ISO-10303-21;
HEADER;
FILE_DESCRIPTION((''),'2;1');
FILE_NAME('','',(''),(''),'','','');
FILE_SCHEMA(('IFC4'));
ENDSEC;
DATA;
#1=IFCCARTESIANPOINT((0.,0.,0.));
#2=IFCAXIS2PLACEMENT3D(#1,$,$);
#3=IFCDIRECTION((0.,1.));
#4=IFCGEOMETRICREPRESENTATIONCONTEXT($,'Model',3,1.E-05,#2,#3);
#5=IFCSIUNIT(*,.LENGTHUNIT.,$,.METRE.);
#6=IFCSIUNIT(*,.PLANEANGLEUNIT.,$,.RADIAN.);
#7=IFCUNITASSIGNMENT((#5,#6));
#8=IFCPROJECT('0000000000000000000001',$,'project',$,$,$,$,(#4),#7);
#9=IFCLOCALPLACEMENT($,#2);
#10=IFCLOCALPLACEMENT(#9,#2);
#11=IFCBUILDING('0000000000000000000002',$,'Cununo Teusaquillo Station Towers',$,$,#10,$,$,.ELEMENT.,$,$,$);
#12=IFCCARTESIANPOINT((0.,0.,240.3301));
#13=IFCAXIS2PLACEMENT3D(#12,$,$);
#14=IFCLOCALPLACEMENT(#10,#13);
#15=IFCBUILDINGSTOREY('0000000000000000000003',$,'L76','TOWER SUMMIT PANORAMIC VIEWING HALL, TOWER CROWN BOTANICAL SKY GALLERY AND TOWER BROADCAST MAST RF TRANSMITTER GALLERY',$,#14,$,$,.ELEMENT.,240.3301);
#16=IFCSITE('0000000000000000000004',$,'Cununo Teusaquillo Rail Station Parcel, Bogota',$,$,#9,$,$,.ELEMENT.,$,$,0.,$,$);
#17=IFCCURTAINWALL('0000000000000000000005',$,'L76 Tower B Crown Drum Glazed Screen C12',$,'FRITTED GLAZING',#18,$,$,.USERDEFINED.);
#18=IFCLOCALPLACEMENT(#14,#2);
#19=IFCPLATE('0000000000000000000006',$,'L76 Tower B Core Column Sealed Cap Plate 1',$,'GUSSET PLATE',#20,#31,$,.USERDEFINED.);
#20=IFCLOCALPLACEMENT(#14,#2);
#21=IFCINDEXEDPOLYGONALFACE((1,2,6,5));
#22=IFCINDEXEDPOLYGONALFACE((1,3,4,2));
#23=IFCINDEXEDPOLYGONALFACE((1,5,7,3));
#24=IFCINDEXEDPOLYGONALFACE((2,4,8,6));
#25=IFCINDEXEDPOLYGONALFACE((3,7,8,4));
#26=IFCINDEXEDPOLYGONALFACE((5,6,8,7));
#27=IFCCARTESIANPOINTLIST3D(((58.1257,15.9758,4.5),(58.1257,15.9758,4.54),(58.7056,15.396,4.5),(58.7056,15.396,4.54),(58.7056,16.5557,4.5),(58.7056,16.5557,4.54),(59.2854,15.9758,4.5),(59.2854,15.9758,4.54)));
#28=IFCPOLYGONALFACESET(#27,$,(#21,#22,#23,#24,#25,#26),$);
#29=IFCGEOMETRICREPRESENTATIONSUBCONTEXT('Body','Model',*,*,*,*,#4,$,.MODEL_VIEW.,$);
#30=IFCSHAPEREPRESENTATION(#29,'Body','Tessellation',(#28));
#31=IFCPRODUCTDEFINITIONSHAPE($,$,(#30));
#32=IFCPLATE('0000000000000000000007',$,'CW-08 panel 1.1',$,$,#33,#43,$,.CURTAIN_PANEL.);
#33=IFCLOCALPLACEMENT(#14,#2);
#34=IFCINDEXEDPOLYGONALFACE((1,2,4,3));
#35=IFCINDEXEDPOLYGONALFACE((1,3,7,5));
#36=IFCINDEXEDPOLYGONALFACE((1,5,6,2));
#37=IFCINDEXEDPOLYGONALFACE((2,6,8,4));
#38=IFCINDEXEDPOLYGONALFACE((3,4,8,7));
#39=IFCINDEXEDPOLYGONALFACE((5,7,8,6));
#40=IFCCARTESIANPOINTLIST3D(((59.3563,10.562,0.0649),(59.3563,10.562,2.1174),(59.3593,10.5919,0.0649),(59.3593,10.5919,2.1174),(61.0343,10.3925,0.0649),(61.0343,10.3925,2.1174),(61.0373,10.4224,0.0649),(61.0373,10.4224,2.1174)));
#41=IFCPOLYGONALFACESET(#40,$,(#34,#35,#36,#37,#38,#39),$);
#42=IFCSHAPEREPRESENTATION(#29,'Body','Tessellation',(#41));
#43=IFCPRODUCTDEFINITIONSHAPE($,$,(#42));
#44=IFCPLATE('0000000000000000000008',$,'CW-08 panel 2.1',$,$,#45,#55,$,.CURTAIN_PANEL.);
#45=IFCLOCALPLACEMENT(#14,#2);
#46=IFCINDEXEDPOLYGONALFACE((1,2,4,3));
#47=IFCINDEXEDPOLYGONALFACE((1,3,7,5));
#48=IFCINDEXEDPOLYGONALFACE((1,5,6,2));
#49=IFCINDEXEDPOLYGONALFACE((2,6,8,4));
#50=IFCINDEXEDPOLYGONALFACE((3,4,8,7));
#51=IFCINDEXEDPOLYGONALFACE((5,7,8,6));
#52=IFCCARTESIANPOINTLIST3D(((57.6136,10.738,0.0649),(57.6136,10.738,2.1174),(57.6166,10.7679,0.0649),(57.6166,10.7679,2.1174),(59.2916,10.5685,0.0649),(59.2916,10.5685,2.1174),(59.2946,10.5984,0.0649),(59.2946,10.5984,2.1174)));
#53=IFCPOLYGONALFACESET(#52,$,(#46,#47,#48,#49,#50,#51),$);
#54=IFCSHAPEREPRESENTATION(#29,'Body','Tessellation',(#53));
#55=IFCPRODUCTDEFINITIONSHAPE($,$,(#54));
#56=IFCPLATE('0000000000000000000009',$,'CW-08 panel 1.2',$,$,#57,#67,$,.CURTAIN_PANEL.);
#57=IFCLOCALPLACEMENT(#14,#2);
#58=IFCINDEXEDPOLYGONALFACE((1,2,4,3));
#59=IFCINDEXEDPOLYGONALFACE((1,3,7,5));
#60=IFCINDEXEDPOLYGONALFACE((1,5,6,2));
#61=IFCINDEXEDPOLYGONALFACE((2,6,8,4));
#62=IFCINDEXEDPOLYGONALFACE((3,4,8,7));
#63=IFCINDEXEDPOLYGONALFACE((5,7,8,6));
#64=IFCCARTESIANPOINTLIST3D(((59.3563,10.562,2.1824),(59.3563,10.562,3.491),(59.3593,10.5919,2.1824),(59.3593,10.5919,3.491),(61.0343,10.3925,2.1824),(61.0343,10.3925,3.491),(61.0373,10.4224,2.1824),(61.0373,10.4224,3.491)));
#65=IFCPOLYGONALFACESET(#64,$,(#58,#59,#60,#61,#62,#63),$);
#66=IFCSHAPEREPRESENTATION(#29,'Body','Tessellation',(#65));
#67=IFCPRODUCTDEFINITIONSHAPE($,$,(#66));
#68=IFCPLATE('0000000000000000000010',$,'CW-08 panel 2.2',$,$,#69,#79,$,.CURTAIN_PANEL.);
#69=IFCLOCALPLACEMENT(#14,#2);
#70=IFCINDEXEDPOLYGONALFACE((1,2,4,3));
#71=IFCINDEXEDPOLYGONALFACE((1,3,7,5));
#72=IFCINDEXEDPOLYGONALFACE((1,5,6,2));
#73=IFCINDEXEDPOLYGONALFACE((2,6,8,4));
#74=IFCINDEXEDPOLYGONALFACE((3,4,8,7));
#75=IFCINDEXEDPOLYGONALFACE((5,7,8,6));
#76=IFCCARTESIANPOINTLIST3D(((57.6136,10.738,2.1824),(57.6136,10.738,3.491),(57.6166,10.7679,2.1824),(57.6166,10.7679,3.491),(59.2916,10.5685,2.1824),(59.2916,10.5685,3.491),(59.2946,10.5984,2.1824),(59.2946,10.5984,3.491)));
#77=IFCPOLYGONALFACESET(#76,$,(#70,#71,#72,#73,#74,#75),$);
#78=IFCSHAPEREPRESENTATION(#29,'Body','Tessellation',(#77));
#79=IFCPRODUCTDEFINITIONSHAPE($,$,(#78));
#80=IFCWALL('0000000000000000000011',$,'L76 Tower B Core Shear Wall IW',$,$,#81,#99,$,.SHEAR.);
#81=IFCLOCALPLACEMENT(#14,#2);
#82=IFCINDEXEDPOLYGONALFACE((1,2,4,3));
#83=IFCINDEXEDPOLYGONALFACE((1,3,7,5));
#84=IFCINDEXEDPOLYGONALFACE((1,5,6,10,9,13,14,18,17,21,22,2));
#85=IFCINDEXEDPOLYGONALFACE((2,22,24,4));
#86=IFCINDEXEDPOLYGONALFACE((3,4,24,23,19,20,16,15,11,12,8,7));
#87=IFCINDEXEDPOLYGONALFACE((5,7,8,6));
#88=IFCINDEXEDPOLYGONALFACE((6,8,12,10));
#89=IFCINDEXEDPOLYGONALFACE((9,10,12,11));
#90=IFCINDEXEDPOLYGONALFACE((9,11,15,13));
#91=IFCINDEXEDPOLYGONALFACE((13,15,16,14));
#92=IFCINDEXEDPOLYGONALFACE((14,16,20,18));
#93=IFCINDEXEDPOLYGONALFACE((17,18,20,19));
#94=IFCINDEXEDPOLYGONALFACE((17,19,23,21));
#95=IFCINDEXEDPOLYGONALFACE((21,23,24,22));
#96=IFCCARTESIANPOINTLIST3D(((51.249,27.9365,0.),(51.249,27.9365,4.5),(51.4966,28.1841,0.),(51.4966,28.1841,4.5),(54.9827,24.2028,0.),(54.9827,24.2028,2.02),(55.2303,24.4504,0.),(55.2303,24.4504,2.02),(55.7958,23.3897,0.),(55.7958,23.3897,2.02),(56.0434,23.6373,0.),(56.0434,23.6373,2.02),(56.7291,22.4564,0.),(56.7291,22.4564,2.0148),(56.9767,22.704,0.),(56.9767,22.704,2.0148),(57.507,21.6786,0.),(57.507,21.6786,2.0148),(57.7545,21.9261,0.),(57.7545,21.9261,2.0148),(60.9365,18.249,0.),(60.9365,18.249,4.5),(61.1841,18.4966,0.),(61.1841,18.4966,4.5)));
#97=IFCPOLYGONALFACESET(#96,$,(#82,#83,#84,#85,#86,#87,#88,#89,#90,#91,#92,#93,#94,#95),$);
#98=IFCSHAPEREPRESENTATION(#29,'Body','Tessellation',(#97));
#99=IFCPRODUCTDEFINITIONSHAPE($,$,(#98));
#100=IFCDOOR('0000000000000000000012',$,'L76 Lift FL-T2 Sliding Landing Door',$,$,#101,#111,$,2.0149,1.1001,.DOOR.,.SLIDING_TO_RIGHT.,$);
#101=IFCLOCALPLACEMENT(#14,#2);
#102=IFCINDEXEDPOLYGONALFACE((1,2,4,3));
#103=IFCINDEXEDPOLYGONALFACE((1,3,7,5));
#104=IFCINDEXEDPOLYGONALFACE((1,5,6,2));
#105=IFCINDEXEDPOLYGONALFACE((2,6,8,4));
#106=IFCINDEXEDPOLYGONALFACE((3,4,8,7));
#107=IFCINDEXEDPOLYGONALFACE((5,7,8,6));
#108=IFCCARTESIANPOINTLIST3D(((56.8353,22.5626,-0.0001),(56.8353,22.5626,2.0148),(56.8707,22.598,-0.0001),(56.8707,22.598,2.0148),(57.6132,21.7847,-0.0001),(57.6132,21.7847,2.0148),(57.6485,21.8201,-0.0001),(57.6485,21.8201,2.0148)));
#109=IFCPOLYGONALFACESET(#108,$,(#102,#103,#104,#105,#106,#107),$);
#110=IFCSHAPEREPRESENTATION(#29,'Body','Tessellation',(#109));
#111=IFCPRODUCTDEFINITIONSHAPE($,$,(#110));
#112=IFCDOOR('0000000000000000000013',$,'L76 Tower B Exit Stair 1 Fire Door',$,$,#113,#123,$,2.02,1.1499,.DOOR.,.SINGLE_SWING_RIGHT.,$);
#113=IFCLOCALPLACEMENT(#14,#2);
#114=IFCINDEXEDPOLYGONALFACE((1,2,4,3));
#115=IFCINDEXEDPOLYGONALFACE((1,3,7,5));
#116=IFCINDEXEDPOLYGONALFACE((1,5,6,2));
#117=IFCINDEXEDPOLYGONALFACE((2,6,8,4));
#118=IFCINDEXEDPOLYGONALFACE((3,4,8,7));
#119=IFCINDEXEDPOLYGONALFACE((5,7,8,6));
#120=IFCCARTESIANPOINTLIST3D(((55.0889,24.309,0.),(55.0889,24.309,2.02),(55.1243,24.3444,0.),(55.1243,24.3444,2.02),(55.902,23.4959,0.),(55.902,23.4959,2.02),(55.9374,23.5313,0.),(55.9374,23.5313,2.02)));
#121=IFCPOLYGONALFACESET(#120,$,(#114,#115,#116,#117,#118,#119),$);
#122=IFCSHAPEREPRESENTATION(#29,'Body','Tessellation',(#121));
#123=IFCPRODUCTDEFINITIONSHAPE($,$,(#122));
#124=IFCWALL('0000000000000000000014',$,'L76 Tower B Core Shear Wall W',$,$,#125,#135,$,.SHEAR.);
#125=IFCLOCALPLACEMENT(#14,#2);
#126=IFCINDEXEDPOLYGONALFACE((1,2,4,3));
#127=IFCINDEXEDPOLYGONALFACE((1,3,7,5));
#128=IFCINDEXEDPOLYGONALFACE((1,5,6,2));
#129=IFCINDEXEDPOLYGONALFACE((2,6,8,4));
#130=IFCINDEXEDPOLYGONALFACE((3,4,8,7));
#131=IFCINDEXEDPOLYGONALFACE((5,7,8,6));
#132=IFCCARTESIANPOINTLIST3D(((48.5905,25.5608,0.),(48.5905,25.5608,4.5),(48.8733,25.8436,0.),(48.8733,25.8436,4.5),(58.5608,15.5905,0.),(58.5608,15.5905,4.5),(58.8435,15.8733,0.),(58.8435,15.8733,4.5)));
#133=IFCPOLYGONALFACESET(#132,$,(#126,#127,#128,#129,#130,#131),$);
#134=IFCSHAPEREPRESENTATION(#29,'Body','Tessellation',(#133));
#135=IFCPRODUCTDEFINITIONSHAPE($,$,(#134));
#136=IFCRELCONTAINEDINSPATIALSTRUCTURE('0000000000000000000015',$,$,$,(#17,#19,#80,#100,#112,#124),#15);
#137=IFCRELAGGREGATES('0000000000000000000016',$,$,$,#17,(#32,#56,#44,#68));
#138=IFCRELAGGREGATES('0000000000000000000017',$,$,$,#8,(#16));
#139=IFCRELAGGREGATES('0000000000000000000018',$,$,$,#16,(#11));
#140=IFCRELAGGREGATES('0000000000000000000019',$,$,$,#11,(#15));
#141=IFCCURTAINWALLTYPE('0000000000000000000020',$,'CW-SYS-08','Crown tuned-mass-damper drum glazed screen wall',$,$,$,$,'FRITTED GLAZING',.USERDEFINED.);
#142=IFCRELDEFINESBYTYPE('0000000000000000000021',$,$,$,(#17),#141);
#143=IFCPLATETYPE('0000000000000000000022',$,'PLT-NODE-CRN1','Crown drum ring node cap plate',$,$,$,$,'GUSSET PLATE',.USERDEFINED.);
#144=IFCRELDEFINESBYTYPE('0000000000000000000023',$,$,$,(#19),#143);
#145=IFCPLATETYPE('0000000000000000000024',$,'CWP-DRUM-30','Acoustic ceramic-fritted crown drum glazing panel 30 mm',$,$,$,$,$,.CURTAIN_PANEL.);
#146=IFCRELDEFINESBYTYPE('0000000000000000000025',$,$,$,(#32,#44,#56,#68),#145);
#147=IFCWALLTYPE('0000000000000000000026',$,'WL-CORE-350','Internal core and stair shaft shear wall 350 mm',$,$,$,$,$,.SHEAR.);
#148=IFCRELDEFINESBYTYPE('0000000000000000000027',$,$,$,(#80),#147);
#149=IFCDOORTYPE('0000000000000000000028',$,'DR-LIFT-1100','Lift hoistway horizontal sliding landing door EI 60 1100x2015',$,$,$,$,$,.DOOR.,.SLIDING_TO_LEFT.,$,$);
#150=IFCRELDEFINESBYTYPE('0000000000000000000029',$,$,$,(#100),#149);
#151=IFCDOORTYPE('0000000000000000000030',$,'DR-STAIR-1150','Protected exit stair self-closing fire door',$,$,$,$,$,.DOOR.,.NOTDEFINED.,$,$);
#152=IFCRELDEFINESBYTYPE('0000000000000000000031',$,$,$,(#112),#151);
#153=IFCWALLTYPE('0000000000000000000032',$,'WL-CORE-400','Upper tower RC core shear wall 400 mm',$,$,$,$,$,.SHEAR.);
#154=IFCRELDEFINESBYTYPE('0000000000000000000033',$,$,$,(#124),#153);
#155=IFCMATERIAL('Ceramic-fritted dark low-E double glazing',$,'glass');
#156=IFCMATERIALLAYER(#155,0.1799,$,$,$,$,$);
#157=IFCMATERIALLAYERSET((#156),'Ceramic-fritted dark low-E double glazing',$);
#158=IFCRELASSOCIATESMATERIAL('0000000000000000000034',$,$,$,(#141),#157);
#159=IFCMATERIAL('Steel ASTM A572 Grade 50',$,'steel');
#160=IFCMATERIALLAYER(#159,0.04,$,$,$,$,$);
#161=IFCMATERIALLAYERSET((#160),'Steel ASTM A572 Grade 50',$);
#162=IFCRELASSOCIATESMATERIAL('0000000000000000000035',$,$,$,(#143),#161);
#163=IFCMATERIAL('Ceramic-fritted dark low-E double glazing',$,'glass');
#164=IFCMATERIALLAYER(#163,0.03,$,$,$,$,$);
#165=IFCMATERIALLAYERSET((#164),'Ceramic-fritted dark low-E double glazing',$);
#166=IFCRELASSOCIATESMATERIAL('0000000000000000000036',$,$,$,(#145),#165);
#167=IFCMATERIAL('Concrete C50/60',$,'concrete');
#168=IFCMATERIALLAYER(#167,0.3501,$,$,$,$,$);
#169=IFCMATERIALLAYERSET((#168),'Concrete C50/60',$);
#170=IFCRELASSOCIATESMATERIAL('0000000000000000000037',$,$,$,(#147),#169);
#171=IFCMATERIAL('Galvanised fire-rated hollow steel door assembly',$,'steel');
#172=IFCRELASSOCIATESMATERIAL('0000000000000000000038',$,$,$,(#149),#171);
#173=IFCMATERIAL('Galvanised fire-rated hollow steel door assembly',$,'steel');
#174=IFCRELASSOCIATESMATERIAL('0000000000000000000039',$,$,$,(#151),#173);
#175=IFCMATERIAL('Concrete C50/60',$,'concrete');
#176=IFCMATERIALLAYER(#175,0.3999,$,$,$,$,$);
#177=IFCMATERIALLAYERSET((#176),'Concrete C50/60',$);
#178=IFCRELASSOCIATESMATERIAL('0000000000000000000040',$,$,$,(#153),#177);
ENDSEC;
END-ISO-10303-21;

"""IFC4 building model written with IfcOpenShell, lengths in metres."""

from ifc_helpers import new_model, si_unit, direction, frame, frame_2d, origin, origin_2d, place, context, subcontext, project, spatial, rectangle, extrude, source, transform, mapped, material, layer, layer_set, type_object, element, fill, aggregate, save


model = new_model("IFC4")

# Units and contexts
model_context = context("Model", 3, precision=1e-05, world=origin(), true_north=direction((0.0, 1.0)))
body_context = subcontext(model_context, "Body", "Model", "MODEL_VIEW")
ifc_project = project(units=[si_unit("LENGTHUNIT", "METRE"), si_unit("PLANEANGLEUNIT", "RADIAN")], contexts=[model_context])

# Site, building, storey
site_placement = place(None, origin())
site = spatial("IfcSite", under=ifc_project, at=site_placement, Name="Cununo Teusaquillo Rail Station Parcel, Bogota", CompositionType="ELEMENT", RefElevation=0.0)
building_placement = place(site_placement, origin())
building = spatial("IfcBuilding", under=site, at=building_placement, Name="Cununo Teusaquillo Station Towers", CompositionType="ELEMENT")
storey_placement = place(building_placement, frame((0.0, 0.0, 240.3301)))
storey = spatial("IfcBuildingStorey", under=building, at=storey_placement, Name="L76", Description="TOWER SUMMIT PANORAMIC VIEWING HALL, TOWER CROWN BOTANICAL SKY GALLERY AND TOWER BROADCAST MAST RF TRANSMITTER GALLERY", CompositionType="ELEMENT", Elevation=240.3301)

# Curtain wall
ifc_material_1 = material(Name="Ceramic-fritted dark low-E double glazing", Category="glass")
ifc_layer_1 = layer(ifc_material_1, 0.1799)
ifc_layer_set_1 = layer_set([ifc_layer_1], Name="Ceramic-fritted dark low-E double glazing")
curtain_wall_type = type_object("IfcCurtainWallType", Name="CW-SYS-08", Description="Crown tuned-mass-damper drum glazed screen wall", ElementType="FRITTED GLAZING", PredefinedType="USERDEFINED", material=ifc_layer_set_1)
curtain_wall_placement = place(storey_placement, origin())
curtain_wall = element("IfcCurtainWall", 1, at=curtain_wall_placement, inside=storey, type_object=curtain_wall_type, Name="L76 Tower B Crown Drum Glazed Screen C12", ObjectType="FRITTED GLAZING", PredefinedType="USERDEFINED")

# Plates
ifc_material_2 = material(Name="Steel ASTM A572 Grade 50", Category="steel")
ifc_layer_2 = layer(ifc_material_2, 0.04)
ifc_layer_set_2 = layer_set([ifc_layer_2], Name="Steel ASTM A572 Grade 50")
plate_type_1 = type_object("IfcPlateType", Name="PLT-NODE-CRN1", Description="Crown drum ring node cap plate", ElementType="GUSSET PLATE", PredefinedType="USERDEFINED", material=ifc_layer_set_2)
shared_shape_1 = source(origin(), body_context, "Body", "SweptSolid", [
    extrude(rectangle(XDim=0.8201, YDim=0.8201, at=origin_2d()), origin(), (0.0, 0.0, 1.0), 0.04),
])
plate_1_placement = place(storey_placement, frame((58.7056, 15.9758, 4.5), z_axis=(0.0, 0.0, 1.0), x_axis=(0.707107, 0.707107, 0.0)))
element("IfcPlate", 2, at=plate_1_placement, inside=storey, type_object=plate_type_1, Name="L76 Tower B Core Column Sealed Cap Plate 1", ObjectType="GUSSET PLATE", PredefinedType="USERDEFINED", context=body_context, shape_type="MappedRepresentation", body=[
    mapped(shared_shape_1, transform((0.0, 0.0, 0.0), x_axis=(1.0, 0.0, 0.0), y_axis=(0.0, 1.0, 0.0), z_axis=(0.0, 0.0, 1.0), scale=1.0)),
])
ifc_material_3 = material(Name="Ceramic-fritted dark low-E double glazing", Category="glass")
ifc_layer_3 = layer(ifc_material_3, 0.03)
ifc_layer_set_3 = layer_set([ifc_layer_3], Name="Ceramic-fritted dark low-E double glazing")
plate_type_2 = type_object("IfcPlateType", Name="CWP-DRUM-30", Description="Acoustic ceramic-fritted crown drum glazing panel 30 mm", PredefinedType="CURTAIN_PANEL", material=ifc_layer_set_3)
shared_shape_2 = source(origin(), body_context, "Body", "SweptSolid", [
    extrude(rectangle(XDim=1.6865, YDim=0.03, at=origin_2d()), origin(), (0.0, 0.0, 1.0), 2.0525),
])
plate_2_placement = place(storey_placement, frame((60.1968, 10.4922, 0.0649), z_axis=(0.0, 0.0, 1.0), x_axis=(-0.994934, 0.100528, 0.0)))
plate_2 = element("IfcPlate", 3, at=plate_2_placement, type_object=plate_type_2, Name="CW-08 panel 1.1", PredefinedType="CURTAIN_PANEL", context=body_context, shape_type="MappedRepresentation", body=[
    mapped(shared_shape_2, transform((0.0, 0.0, 0.0), x_axis=(1.0, 0.0, 0.0), y_axis=(0.0, 1.0, 0.0), z_axis=(0.0, 0.0, 1.0), scale=1.0)),
])
plate_3_placement = place(storey_placement, frame((58.4541, 10.6682, 0.0649), z_axis=(0.0, 0.0, 1.0), x_axis=(-0.994934, 0.100528, 0.0)))
plate_3 = element("IfcPlate", 4, at=plate_3_placement, type_object=plate_type_2, Name="CW-08 panel 2.1", PredefinedType="CURTAIN_PANEL", context=body_context, shape_type="MappedRepresentation", body=[
    mapped(shared_shape_2, transform((0.0, 0.0, 0.0), x_axis=(1.0, 0.0, 0.0), y_axis=(0.0, 1.0, 0.0), z_axis=(0.0, 0.0, 1.0), scale=1.0)),
])
shared_shape_3 = source(origin(), body_context, "Body", "SweptSolid", [
    extrude(rectangle(XDim=1.6865, YDim=0.03, at=origin_2d()), origin(), (0.0, 0.0, 1.0), 1.3086),
])
plate_4_placement = place(storey_placement, frame((60.1968, 10.4922, 2.1824), z_axis=(0.0, 0.0, 1.0), x_axis=(-0.994934, 0.100528, 0.0)))
plate_4 = element("IfcPlate", 5, at=plate_4_placement, type_object=plate_type_2, Name="CW-08 panel 1.2", PredefinedType="CURTAIN_PANEL", context=body_context, shape_type="MappedRepresentation", body=[
    mapped(shared_shape_3, transform((0.0, 0.0, 0.0), x_axis=(1.0, 0.0, 0.0), y_axis=(0.0, 1.0, 0.0), z_axis=(0.0, 0.0, 1.0), scale=1.0)),
])
plate_5_placement = place(storey_placement, frame((58.4541, 10.6682, 2.1824), z_axis=(0.0, 0.0, 1.0), x_axis=(-0.994934, 0.100528, 0.0)))
plate_5 = element("IfcPlate", 6, at=plate_5_placement, type_object=plate_type_2, Name="CW-08 panel 2.2", PredefinedType="CURTAIN_PANEL", context=body_context, shape_type="MappedRepresentation", body=[
    mapped(shared_shape_3, transform((0.0, 0.0, 0.0), x_axis=(1.0, 0.0, 0.0), y_axis=(0.0, 1.0, 0.0), z_axis=(0.0, 0.0, 1.0), scale=1.0)),
])
aggregate(curtain_wall, [plate_2, plate_4, plate_3, plate_5])

# Wall, openings, doors
ifc_material_4 = material(Name="Concrete C50/60", Category="concrete")
ifc_layer_4 = layer(ifc_material_4, 0.3501)
ifc_layer_set_4 = layer_set([ifc_layer_4], Name="Concrete C50/60")
wall_type_1 = type_object("IfcWallType", Name="WL-CORE-350", Description="Internal core and stair shaft shear wall 350 mm", PredefinedType="SHEAR", material=ifc_layer_set_4)
wall_1_placement = place(storey_placement, frame((61.0603, 18.3728, 0.0), z_axis=(0.0, 0.0, 1.0), x_axis=(-0.707107, 0.707107, 0.0)))
wall_1 = element("IfcWall", 7, at=wall_1_placement, inside=storey, type_object=wall_type_1, Name="L76 Tower B Core Shear Wall IW", PredefinedType="SHEAR", context=body_context, shape_type="SweptSolid", body=[
    extrude(rectangle(XDim=13.7002, YDim=0.3501, at=frame_2d((6.8501, 0.0))), origin(), (0.0, 0.0, 1.0), 4.5),
])
shared_shape_4 = source(origin(), body_context, "Body", "SweptSolid", [
    extrude(rectangle(XDim=1.1001, YDim=2.0149, at=frame_2d((0.55, 1.0073))), frame((0.0, 0.1851, 0.0), z_axis=(0.0, -1.0, 0.0), x_axis=(1.0, 0.0, 0.0)), (0.0, 0.0, 1.0), 0.3701),
])
opening_1_placement = place(wall_1_placement, frame((4.8501, 0.0, 0.0)))
opening_1 = element("IfcOpeningElement", 8, at=opening_1_placement, cuts=wall_1, PredefinedType="OPENING", context=body_context, shape_type="MappedRepresentation", body=[
    mapped(shared_shape_4, transform((0.0, 0.0, 0.0), x_axis=(1.0, 0.0, 0.0), y_axis=(0.0, 1.0, 0.0), z_axis=(0.0, 0.0, 1.0), scale=1.0)),
])
shared_shape_5 = source(origin(), body_context, "Body", "SweptSolid", [
    extrude(rectangle(XDim=1.1499, YDim=2.02, at=frame_2d((0.575, 1.01))), frame((0.0, 0.1851, 0.0), z_axis=(0.0, -1.0, 0.0), x_axis=(1.0, 0.0, 0.0)), (0.0, 0.0, 1.0), 0.3701),
])
opening_2_placement = place(wall_1_placement, frame((7.27, 0.0, 0.0)))
opening_2 = element("IfcOpeningElement", 9, at=opening_2_placement, cuts=wall_1, PredefinedType="OPENING", context=body_context, shape_type="MappedRepresentation", body=[
    mapped(shared_shape_5, transform((0.0, 0.0, 0.0), x_axis=(1.0, 0.0, 0.0), y_axis=(0.0, 1.0, 0.0), z_axis=(0.0, 0.0, 1.0), scale=1.0)),
])
ifc_material_5 = material(Name="Galvanised fire-rated hollow steel door assembly", Category="steel")
door_type_1 = type_object("IfcDoorType", Name="DR-LIFT-1100", Description="Lift hoistway horizontal sliding landing door EI 60 1100x2015", OperationType="SLIDING_TO_LEFT", PredefinedType="DOOR", material=ifc_material_5)
shared_shape_6 = source(origin(), body_context, "Body", "SweptSolid", [
    extrude(rectangle(XDim=1.1001, YDim=2.0149, at=frame_2d((0.55, 1.0073))), frame((0.0, 0.0249, 0.0), z_axis=(0.0, -1.0, 0.0), x_axis=(1.0, 0.0, 0.0)), (0.0, 0.0, 1.0), 0.05),
])
door_1_placement = place(opening_1_placement, origin())
door_1 = element("IfcDoor", 10, at=door_1_placement, inside=storey, type_object=door_type_1, Name="L76 Lift FL-T2 Sliding Landing Door", OperationType="SLIDING_TO_RIGHT", OverallHeight=2.0149, OverallWidth=1.1001, PredefinedType="DOOR", context=body_context, shape_type="MappedRepresentation", body=[
    mapped(shared_shape_6, transform((0.0, 0.0, 0.0), x_axis=(1.0, 0.0, 0.0), y_axis=(0.0, 1.0, 0.0), z_axis=(0.0, 0.0, 1.0), scale=1.0)),
])
fill(opening_1, door_1)
ifc_material_6 = material(Name="Galvanised fire-rated hollow steel door assembly", Category="steel")
door_type_2 = type_object("IfcDoorType", Name="DR-STAIR-1150", Description="Protected exit stair self-closing fire door", OperationType="NOTDEFINED", PredefinedType="DOOR", material=ifc_material_6)
shared_shape_7 = source(origin(), body_context, "Body", "SweptSolid", [
    extrude(rectangle(XDim=1.1499, YDim=2.02, at=frame_2d((0.575, 1.01))), frame((0.0, 0.0249, 0.0), z_axis=(0.0, -1.0, 0.0), x_axis=(1.0, 0.0, 0.0)), (0.0, 0.0, 1.0), 0.05),
])
door_2_placement = place(opening_2_placement, origin())
door_2 = element("IfcDoor", 11, at=door_2_placement, inside=storey, type_object=door_type_2, Name="L76 Tower B Exit Stair 1 Fire Door", OperationType="SINGLE_SWING_RIGHT", OverallHeight=2.02, OverallWidth=1.1499, PredefinedType="DOOR", context=body_context, shape_type="MappedRepresentation", body=[
    mapped(shared_shape_7, transform((0.0, 0.0, 0.0), x_axis=(1.0, 0.0, 0.0), y_axis=(0.0, 1.0, 0.0), z_axis=(0.0, 0.0, 1.0), scale=1.0)),
])
fill(opening_2, door_2)

# Wall
ifc_material_7 = material(Name="Concrete C50/60", Category="concrete")
ifc_layer_5 = layer(ifc_material_7, 0.3999)
ifc_layer_set_5 = layer_set([ifc_layer_5], Name="Concrete C50/60")
wall_type_2 = type_object("IfcWallType", Name="WL-CORE-400", Description="Upper tower RC core shear wall 400 mm", PredefinedType="SHEAR", material=ifc_layer_set_5)
wall_2_placement = place(storey_placement, frame((58.7021, 15.7319, 0.0), z_axis=(0.0, 0.0, 1.0), x_axis=(-0.707107, 0.707107, 0.0)))
element("IfcWall", 12, at=wall_2_placement, inside=storey, type_object=wall_type_2, Name="L76 Tower B Core Shear Wall W", PredefinedType="SHEAR", context=body_context, shape_type="SweptSolid", body=[
    extrude(rectangle(XDim=14.1001, YDim=0.3999, at=frame_2d((7.05, 0.0))), origin(), (0.0, 0.0, 1.0), 4.5),
])

save(model, "model.ifc")
